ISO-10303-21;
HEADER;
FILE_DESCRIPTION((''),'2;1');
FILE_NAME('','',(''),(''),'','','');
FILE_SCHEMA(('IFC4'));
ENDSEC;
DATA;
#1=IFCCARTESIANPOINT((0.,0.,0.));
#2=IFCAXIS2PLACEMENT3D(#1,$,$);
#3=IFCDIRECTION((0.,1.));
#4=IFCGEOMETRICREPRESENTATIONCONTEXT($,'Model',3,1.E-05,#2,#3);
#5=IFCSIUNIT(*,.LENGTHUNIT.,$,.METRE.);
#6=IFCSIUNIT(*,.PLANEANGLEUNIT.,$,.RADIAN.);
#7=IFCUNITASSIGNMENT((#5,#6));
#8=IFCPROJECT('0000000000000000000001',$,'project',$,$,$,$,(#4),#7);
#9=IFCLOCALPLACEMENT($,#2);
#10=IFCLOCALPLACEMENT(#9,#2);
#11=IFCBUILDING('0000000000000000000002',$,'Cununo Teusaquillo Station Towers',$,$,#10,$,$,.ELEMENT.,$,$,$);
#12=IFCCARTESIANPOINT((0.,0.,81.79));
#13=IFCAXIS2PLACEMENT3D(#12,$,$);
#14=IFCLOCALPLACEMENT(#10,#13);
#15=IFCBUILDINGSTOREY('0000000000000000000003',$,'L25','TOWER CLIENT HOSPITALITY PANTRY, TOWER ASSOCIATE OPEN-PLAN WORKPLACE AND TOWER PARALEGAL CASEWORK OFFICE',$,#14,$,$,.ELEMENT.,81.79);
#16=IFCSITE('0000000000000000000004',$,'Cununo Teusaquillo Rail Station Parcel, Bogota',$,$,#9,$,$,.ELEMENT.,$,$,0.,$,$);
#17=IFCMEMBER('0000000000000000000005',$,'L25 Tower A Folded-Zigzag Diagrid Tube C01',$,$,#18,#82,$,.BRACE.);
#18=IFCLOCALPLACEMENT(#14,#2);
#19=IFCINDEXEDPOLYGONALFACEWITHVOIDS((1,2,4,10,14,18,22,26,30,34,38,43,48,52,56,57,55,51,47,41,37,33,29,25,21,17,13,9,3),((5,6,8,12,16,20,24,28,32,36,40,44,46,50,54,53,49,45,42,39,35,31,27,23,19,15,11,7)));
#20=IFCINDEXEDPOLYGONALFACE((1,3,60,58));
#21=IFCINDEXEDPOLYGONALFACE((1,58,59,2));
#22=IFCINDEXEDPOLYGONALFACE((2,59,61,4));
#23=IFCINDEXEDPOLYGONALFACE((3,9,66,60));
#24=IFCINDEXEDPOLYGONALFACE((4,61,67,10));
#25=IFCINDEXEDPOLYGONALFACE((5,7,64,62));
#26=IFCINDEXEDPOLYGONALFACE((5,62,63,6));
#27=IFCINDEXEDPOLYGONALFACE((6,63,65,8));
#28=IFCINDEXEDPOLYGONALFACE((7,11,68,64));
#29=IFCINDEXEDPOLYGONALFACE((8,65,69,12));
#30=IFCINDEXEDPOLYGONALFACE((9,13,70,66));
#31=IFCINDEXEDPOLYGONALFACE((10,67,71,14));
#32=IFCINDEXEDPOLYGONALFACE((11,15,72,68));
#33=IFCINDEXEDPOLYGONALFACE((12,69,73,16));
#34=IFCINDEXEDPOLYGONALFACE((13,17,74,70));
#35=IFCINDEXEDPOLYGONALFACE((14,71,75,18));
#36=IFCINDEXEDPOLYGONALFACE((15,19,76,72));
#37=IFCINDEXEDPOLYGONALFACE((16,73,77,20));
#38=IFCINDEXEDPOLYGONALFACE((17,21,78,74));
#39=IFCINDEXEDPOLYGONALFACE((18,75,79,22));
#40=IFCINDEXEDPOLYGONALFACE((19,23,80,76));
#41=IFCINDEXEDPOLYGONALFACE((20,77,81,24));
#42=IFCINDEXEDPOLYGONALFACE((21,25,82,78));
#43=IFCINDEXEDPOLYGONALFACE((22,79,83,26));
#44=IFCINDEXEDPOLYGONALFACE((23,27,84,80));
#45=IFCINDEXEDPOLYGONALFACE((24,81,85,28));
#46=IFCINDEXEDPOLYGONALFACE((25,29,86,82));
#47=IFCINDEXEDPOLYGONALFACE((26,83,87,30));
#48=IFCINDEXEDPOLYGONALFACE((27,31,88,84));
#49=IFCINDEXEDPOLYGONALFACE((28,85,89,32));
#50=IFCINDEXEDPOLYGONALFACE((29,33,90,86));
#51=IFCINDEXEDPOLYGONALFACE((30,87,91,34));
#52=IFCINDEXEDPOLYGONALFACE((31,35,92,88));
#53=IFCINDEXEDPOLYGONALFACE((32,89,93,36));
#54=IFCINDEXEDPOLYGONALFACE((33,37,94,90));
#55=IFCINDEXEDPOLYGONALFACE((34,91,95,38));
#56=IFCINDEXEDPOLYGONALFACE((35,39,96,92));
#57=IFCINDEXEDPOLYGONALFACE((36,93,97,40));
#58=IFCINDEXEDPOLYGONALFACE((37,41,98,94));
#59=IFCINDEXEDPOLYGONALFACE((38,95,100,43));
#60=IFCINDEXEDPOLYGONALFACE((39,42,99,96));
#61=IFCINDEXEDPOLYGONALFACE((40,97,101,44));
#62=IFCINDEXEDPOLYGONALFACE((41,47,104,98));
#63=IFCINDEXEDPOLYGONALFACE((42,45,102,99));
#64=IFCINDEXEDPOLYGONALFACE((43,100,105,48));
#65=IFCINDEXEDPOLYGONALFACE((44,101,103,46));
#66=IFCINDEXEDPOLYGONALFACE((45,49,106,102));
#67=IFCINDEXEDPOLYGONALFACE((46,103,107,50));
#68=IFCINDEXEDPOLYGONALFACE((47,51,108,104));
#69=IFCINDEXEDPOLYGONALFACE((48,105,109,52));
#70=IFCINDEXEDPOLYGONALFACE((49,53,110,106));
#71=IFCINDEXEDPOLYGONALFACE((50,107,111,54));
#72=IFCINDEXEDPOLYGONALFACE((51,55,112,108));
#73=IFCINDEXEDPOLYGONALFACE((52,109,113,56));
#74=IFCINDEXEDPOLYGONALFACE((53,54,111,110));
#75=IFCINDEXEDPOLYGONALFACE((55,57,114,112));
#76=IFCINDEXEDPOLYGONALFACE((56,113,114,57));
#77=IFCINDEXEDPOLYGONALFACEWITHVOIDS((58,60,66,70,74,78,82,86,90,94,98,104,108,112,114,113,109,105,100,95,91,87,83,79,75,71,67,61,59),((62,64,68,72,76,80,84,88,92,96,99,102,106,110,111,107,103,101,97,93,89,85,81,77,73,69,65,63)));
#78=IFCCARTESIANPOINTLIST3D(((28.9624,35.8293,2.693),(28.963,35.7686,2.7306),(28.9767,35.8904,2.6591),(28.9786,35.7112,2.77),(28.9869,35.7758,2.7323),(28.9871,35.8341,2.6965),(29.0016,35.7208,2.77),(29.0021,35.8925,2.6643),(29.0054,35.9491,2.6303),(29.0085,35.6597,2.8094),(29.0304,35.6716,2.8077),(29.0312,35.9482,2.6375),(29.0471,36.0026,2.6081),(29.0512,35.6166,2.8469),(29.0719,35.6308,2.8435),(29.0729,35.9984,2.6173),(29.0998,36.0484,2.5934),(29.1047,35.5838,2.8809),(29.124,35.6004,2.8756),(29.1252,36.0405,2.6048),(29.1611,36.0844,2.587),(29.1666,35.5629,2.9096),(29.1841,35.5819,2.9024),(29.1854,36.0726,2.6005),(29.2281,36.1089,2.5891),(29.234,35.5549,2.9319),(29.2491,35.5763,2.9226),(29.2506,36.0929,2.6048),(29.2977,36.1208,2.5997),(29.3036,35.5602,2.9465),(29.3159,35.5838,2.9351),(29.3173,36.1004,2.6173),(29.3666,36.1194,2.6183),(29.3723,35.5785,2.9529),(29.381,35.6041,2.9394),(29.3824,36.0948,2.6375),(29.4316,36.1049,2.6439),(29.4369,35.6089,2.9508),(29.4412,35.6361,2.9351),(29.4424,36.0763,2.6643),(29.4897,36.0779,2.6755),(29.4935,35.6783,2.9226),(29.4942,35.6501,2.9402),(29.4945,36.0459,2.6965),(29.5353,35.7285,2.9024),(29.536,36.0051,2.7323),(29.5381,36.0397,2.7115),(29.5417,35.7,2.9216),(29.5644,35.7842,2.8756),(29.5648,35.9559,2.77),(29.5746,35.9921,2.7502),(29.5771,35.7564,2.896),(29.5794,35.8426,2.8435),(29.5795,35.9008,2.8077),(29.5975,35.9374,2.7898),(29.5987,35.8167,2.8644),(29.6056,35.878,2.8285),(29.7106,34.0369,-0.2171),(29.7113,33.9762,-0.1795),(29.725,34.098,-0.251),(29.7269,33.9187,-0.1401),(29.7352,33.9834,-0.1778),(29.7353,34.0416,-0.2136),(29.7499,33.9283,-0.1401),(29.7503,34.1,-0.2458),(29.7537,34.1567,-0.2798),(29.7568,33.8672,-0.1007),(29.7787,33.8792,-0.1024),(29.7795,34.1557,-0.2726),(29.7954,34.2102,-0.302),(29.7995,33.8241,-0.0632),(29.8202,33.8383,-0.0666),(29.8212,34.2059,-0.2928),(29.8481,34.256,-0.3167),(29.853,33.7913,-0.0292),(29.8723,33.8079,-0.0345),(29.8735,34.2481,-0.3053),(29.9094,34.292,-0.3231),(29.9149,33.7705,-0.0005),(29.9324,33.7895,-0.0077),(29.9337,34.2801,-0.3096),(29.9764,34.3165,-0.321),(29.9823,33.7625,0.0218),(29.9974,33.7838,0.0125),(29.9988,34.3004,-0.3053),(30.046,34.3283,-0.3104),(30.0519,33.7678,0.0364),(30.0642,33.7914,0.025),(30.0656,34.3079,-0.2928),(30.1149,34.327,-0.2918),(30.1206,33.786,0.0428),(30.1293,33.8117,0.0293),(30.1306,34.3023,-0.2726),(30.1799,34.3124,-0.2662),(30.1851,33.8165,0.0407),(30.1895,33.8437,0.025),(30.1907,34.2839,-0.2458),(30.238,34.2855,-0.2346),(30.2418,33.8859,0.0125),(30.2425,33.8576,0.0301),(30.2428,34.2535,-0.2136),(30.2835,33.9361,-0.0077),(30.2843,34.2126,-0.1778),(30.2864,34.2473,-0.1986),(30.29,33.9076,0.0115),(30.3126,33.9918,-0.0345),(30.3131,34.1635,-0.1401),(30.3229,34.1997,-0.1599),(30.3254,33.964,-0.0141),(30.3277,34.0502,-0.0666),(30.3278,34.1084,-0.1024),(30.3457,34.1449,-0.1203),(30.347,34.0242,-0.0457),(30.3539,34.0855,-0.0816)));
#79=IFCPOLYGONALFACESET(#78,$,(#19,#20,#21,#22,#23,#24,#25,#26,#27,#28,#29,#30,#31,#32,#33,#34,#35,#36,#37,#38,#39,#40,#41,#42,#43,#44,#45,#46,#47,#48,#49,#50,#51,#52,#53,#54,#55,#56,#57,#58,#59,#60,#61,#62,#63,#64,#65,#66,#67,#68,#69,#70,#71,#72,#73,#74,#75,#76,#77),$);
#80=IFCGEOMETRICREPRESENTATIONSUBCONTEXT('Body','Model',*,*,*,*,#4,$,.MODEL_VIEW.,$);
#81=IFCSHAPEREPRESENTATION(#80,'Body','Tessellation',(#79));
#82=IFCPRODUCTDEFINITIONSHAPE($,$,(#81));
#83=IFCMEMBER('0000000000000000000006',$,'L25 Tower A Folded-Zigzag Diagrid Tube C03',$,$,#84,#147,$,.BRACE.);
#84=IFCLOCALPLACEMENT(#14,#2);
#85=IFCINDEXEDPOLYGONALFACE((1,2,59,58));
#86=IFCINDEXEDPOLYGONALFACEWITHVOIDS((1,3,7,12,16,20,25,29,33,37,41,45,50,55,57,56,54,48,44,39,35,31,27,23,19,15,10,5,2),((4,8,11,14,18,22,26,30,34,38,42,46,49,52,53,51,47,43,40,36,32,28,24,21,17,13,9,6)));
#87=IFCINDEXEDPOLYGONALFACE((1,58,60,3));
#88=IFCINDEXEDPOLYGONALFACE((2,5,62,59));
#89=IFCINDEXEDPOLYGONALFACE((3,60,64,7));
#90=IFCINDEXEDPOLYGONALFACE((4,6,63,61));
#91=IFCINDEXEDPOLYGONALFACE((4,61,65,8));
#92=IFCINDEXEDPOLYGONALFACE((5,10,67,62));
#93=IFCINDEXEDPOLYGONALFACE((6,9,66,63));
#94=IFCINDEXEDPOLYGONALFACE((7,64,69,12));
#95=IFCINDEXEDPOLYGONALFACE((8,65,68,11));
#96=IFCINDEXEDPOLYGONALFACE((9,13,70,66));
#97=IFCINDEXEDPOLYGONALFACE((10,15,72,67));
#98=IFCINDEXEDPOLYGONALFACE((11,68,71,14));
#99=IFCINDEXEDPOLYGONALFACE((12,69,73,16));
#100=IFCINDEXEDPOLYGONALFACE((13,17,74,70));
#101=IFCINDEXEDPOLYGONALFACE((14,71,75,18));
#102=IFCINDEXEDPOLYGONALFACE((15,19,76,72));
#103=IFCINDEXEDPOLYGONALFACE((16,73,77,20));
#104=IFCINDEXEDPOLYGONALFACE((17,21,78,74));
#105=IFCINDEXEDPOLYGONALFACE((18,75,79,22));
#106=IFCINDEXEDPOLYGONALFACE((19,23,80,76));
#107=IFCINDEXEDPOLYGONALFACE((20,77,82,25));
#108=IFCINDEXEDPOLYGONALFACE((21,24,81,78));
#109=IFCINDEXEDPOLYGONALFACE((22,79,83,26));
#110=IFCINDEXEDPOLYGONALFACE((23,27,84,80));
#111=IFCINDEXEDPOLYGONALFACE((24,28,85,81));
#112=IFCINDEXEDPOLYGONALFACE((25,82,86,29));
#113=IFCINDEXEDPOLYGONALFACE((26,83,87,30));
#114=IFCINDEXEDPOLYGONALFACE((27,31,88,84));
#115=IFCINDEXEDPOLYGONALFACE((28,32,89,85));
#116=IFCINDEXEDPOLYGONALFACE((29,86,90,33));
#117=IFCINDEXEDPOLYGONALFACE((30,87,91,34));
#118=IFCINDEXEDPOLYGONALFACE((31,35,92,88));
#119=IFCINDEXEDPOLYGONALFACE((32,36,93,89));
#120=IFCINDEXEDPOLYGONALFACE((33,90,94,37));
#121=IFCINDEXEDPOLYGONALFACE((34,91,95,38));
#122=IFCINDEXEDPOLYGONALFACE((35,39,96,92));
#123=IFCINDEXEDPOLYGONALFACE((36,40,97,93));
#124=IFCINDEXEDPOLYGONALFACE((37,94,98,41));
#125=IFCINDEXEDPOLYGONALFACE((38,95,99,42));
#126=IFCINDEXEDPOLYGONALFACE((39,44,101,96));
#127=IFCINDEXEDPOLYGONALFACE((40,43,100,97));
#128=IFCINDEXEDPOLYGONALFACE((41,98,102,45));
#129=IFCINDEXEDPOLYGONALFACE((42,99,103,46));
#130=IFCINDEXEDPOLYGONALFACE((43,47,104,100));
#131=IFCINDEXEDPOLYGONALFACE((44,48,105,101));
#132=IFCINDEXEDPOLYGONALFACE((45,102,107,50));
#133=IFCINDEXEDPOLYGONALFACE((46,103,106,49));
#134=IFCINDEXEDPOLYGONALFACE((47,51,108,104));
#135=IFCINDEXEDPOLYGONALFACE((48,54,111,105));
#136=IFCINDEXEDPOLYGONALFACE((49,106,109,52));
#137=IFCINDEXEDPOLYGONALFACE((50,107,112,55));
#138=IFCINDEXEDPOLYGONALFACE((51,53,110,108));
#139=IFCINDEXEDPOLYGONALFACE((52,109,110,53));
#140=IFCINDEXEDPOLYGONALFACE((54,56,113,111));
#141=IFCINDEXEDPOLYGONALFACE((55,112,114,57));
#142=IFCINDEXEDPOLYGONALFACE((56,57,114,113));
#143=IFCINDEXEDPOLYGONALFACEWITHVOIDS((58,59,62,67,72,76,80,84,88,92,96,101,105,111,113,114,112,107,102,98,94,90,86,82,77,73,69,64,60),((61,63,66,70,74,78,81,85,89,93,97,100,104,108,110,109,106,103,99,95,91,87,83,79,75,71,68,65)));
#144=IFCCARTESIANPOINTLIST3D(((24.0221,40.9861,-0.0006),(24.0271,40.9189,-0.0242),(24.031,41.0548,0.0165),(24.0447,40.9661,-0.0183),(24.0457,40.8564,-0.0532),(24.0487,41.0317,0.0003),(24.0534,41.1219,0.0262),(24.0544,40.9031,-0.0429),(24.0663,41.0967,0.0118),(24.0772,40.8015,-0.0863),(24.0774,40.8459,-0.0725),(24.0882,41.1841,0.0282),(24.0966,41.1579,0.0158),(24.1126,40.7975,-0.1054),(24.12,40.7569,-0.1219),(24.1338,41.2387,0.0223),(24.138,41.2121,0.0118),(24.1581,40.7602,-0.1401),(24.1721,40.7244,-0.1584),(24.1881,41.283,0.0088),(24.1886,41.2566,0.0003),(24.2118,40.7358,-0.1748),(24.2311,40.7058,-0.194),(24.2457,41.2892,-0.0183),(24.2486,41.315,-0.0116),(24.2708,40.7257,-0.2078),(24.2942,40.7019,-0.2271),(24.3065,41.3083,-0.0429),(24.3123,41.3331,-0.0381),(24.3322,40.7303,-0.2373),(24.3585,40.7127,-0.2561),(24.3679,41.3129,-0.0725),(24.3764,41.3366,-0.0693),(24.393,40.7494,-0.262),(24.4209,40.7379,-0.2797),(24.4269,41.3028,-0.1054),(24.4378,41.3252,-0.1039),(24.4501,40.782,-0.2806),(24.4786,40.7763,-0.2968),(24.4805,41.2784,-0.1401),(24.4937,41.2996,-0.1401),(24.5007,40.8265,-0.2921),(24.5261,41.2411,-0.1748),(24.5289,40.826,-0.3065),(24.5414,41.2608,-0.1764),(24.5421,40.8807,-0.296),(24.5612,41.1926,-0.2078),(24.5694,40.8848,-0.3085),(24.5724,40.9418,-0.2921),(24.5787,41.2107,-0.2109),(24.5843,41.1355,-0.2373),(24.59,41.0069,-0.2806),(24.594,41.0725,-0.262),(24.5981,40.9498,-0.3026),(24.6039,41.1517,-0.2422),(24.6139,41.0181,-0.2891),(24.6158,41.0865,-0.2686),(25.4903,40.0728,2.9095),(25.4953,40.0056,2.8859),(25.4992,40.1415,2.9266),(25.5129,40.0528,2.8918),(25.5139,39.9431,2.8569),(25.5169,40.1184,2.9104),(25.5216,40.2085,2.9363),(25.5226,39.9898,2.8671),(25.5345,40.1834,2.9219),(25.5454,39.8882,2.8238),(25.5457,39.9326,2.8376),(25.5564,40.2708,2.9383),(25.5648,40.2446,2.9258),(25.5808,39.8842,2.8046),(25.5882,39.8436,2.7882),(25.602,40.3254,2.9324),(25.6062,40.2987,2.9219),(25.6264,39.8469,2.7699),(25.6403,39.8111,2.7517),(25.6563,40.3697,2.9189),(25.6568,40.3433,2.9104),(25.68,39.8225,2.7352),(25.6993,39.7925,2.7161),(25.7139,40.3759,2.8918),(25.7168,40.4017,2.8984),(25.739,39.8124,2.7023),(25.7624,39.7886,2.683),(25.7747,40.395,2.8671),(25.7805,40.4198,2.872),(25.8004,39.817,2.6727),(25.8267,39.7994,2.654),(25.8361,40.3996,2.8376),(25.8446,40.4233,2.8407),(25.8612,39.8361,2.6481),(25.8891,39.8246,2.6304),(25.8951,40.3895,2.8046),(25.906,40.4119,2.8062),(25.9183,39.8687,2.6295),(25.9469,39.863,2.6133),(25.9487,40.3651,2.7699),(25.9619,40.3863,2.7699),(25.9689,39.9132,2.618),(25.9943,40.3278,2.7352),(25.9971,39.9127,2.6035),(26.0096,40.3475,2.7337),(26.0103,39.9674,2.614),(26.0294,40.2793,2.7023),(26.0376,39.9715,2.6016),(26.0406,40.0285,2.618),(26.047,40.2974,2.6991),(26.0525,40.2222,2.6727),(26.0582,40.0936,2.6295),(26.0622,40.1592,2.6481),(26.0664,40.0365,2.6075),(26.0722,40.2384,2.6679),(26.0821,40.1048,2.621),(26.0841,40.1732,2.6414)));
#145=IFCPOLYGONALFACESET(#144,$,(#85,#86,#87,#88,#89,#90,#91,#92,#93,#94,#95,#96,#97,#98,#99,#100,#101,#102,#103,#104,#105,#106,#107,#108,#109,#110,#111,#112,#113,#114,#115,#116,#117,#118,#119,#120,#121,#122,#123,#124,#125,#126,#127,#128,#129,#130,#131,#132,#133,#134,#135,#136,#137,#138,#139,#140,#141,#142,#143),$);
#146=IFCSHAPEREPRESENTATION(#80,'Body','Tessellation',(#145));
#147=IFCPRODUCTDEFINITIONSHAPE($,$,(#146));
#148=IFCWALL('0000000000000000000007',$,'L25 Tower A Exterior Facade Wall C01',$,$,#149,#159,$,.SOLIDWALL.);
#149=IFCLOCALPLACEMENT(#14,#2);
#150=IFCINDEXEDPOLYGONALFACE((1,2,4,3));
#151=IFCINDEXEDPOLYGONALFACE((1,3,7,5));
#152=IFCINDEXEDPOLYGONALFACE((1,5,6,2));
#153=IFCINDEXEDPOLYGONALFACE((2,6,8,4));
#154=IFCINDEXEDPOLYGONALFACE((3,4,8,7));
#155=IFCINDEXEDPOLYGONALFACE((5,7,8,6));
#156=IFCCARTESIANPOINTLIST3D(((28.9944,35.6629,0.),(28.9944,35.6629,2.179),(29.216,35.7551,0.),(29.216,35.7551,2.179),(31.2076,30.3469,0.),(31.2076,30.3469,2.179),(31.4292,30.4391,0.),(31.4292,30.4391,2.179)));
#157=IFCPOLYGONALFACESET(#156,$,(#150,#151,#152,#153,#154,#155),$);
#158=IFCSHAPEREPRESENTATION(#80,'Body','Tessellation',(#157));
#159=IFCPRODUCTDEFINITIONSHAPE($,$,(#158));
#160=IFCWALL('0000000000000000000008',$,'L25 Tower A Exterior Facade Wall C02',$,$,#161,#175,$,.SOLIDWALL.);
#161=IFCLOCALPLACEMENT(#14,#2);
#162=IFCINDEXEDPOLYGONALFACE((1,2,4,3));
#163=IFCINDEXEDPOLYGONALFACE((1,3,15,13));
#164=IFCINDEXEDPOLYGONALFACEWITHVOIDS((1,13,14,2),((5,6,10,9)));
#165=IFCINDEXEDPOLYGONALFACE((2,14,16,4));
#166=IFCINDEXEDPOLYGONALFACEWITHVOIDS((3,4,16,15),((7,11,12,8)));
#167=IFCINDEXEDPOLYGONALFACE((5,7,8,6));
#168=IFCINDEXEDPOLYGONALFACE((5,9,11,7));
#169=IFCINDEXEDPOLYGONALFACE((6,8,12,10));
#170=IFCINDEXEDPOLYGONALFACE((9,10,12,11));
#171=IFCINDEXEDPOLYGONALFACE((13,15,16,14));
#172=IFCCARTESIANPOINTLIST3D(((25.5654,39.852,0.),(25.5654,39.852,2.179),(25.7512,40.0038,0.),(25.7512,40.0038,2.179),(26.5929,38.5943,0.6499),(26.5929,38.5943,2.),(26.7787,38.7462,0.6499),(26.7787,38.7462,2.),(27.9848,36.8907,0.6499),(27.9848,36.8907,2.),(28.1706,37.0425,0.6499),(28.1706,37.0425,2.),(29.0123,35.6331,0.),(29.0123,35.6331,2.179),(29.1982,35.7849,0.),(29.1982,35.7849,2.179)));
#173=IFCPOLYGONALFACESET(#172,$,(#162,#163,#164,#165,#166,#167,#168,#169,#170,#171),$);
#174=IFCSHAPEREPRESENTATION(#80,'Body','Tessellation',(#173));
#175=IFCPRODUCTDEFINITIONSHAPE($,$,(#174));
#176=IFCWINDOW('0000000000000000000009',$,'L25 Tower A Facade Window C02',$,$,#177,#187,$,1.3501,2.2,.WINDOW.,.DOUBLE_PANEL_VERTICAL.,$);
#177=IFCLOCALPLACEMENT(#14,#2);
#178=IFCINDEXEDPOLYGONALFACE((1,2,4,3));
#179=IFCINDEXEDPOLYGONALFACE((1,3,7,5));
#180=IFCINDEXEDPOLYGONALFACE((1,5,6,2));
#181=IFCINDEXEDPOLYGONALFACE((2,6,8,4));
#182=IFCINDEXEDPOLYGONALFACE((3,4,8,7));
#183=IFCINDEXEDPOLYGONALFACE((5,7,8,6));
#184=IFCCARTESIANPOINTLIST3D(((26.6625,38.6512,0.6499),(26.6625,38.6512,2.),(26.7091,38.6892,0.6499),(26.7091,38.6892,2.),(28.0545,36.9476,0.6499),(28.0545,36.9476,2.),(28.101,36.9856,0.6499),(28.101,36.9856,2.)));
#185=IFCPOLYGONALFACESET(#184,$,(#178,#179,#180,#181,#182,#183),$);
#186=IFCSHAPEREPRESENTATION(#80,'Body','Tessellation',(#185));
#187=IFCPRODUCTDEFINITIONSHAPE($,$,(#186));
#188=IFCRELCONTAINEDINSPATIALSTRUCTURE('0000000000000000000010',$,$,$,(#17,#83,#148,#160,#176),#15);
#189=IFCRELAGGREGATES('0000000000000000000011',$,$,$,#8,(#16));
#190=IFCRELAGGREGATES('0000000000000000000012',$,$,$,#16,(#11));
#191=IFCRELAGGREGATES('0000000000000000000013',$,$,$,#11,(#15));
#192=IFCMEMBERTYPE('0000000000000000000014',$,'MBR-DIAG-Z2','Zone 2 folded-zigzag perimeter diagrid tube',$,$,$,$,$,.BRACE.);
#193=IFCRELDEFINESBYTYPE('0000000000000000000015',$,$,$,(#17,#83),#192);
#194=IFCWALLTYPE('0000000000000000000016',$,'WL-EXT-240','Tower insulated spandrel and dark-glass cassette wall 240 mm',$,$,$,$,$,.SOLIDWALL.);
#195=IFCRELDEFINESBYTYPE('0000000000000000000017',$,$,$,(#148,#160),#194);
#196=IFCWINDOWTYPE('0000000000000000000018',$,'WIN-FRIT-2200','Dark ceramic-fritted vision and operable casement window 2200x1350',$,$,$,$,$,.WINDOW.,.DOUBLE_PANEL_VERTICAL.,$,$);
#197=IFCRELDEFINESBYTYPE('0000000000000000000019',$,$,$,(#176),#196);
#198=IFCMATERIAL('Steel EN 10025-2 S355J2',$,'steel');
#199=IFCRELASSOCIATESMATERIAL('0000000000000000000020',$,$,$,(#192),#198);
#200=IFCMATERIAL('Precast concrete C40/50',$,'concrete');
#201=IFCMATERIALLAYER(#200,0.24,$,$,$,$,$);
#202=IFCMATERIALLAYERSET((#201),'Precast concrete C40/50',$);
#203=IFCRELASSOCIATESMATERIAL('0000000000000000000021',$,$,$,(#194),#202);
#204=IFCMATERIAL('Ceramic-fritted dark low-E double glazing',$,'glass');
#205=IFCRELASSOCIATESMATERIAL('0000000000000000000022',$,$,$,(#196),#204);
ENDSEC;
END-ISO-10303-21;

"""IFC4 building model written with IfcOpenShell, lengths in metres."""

from ifc_helpers import new_model, si_unit, direction, frame, frame_2d, origin, origin_2d, place, context, subcontext, project, spatial, rectangle, hollow_circle, extrude, source, transform, mapped, material, layer, layer_set, material_profile, profile_set, type_object, element, fill, save


model = new_model("IFC4")

# Units and contexts
model_context = context("Model", 3, precision=1e-05, world=origin(), true_north=direction((0.0, 1.0)))
body_context = subcontext(model_context, "Body", "Model", "MODEL_VIEW")
ifc_project = project(units=[si_unit("LENGTHUNIT", "METRE"), si_unit("PLANEANGLEUNIT", "RADIAN")], contexts=[model_context])

# Site, building, storey
site_placement = place(None, origin())
site = spatial("IfcSite", under=ifc_project, at=site_placement, Name="Cununo Teusaquillo Rail Station Parcel, Bogota", CompositionType="ELEMENT", RefElevation=0.0)
building_placement = place(site_placement, origin())
building = spatial("IfcBuilding", under=site, at=building_placement, Name="Cununo Teusaquillo Station Towers", CompositionType="ELEMENT")
storey_placement = place(building_placement, frame((0.0, 0.0, 81.79)))
storey = spatial("IfcBuildingStorey", under=building, at=storey_placement, Name="L25", Description="TOWER CLIENT HOSPITALITY PANTRY, TOWER ASSOCIATE OPEN-PLAN WORKPLACE AND TOWER PARALEGAL CASEWORK OFFICE", CompositionType="ELEMENT", Elevation=81.79)

# Members
ifc_material_1 = material(Name="Steel EN 10025-2 S355J2", Category="steel")
ifc_material_profile_1 = material_profile(ifc_material_1, hollow_circle(Radius=0.3301, WallThickness=0.0249, at=origin_2d()), Name="CHS 660x25")
ifc_profile_set_1 = profile_set([ifc_material_profile_1], Name="Steel EN 10025-2 S355J2")
member_type = type_object("IfcMemberType", Name="MBR-DIAG-Z2", Description="Zone 2 folded-zigzag perimeter diagrid tube", PredefinedType="BRACE", material=ifc_profile_set_1)
member_1_placement = place(storey_placement, frame((30.0315, 34.0459, -0.1401), z_axis=(-0.213868, 0.512306, 0.831747), x_axis=(-0.922816, -0.38524, 0.0)))
element("IfcMember", 1, at=member_1_placement, inside=storey, type_object=member_type, Name="L25 Tower A Folded-Zigzag Diagrid Tube C01", PredefinedType="BRACE", context=body_context, shape_type="SweptSolid", body=[
    extrude(hollow_circle(Radius=0.3301, WallThickness=0.0249, at=origin_2d()), origin(), (0.0, 0.0, 1.0), 3.4988),
])
member_2_placement = place(storey_placement, frame((24.3193, 41.0193, -0.1401), z_axis=(0.433741, -0.269808, 0.859693), x_axis=(0.528196, 0.849123, 0.0)))
element("IfcMember", 2, at=member_2_placement, inside=storey, type_object=member_type, Name="L25 Tower A Folded-Zigzag Diagrid Tube C03", PredefinedType="BRACE", context=body_context, shape_type="SweptSolid", body=[
    extrude(hollow_circle(Radius=0.3301, WallThickness=0.0249, at=origin_2d()), origin(), (0.0, 0.0, 1.0), 3.385),
])

# Wall
ifc_material_2 = material(Name="Precast concrete C40/50", Category="concrete")
ifc_layer_1 = layer(ifc_material_2, 0.24)
ifc_layer_set_1 = layer_set([ifc_layer_1], Name="Precast concrete C40/50")
wall_type_1 = type_object("IfcWallType", Name="WL-EXT-240", Description="Tower insulated spandrel and dark-glass cassette wall 240 mm", PredefinedType="SOLIDWALL", material=ifc_layer_set_1)
wall_1_placement = place(storey_placement, frame((29.1052, 35.709, 0.0), z_axis=(0.0, 0.0, 1.0), x_axis=(0.384344, -0.92319, 0.0)))
element("IfcWall", 3, at=wall_1_placement, inside=storey, type_object=wall_type_1, Name="L25 Tower A Exterior Facade Wall C01", PredefinedType="SOLIDWALL", context=body_context, shape_type="SweptSolid", body=[
    extrude(rectangle(XDim=5.7583, YDim=0.24, at=frame_2d((2.8792, 0.0))), origin(), (0.0, 0.0, 1.0), 2.179),
])

# Wall, opening, window
wall_2_placement = place(storey_placement, frame((25.6582, 39.928, 0.0), z_axis=(0.0, 0.0, 1.0), x_axis=(0.632701, -0.774396, 0.0)))
wall_2 = element("IfcWall", 4, at=wall_2_placement, inside=storey, type_object=wall_type_1, Name="L25 Tower A Exterior Facade Wall C02", PredefinedType="SOLIDWALL", context=body_context, shape_type="SweptSolid", body=[
    extrude(rectangle(XDim=5.448, YDim=0.24, at=frame_2d((2.7241, 0.0))), origin(), (0.0, 0.0, 1.0), 2.179),
])
shared_shape_1 = source(origin(), body_context, "Body", "SweptSolid", [
    extrude(rectangle(XDim=2.2, YDim=1.3501, at=frame_2d((1.1001, 0.675))), frame((0.0, 0.1299, 0.0), z_axis=(0.0, -1.0, 0.0), x_axis=(1.0, 0.0, 0.0)), (0.0, 0.0, 1.0), 0.26),
])
opening_1_placement = place(wall_2_placement, frame((1.624, 0.0, 0.6499)))
opening_1 = element("IfcOpeningElement", 5, at=opening_1_placement, cuts=wall_2, PredefinedType="OPENING", context=body_context, shape_type="MappedRepresentation", body=[
    mapped(shared_shape_1, transform((0.0, 0.0, 0.0), x_axis=(1.0, 0.0, 0.0), y_axis=(0.0, 1.0, 0.0), z_axis=(0.0, 0.0, 1.0), scale=1.0)),
])
ifc_material_3 = material(Name="Ceramic-fritted dark low-E double glazing", Category="glass")
window_type = type_object("IfcWindowType", Name="WIN-FRIT-2200", Description="Dark ceramic-fritted vision and operable casement window 2200x1350", PartitioningType="DOUBLE_PANEL_VERTICAL", PredefinedType="WINDOW", material=ifc_material_3)
shared_shape_2 = source(origin(), body_context, "Body", "SweptSolid", [
    extrude(rectangle(XDim=2.2, YDim=1.3501, at=frame_2d((1.1001, 0.675))), frame((0.0, 0.03, 0.0), z_axis=(0.0, -1.0, 0.0), x_axis=(1.0, 0.0, 0.0)), (0.0, 0.0, 1.0), 0.0601),
])
window_placement = place(opening_1_placement, origin())
window = element("IfcWindow", 6, at=window_placement, inside=storey, type_object=window_type, Name="L25 Tower A Facade Window C02", OverallHeight=1.3501, OverallWidth=2.2, PartitioningType="DOUBLE_PANEL_VERTICAL", PredefinedType="WINDOW", context=body_context, shape_type="MappedRepresentation", body=[
    mapped(shared_shape_2, transform((0.0, 0.0, 0.0), x_axis=(1.0, 0.0, 0.0), y_axis=(0.0, 1.0, 0.0), z_axis=(0.0, 0.0, 1.0), scale=1.0)),
])
fill(opening_1, window)

save(model, "model.ifc")
